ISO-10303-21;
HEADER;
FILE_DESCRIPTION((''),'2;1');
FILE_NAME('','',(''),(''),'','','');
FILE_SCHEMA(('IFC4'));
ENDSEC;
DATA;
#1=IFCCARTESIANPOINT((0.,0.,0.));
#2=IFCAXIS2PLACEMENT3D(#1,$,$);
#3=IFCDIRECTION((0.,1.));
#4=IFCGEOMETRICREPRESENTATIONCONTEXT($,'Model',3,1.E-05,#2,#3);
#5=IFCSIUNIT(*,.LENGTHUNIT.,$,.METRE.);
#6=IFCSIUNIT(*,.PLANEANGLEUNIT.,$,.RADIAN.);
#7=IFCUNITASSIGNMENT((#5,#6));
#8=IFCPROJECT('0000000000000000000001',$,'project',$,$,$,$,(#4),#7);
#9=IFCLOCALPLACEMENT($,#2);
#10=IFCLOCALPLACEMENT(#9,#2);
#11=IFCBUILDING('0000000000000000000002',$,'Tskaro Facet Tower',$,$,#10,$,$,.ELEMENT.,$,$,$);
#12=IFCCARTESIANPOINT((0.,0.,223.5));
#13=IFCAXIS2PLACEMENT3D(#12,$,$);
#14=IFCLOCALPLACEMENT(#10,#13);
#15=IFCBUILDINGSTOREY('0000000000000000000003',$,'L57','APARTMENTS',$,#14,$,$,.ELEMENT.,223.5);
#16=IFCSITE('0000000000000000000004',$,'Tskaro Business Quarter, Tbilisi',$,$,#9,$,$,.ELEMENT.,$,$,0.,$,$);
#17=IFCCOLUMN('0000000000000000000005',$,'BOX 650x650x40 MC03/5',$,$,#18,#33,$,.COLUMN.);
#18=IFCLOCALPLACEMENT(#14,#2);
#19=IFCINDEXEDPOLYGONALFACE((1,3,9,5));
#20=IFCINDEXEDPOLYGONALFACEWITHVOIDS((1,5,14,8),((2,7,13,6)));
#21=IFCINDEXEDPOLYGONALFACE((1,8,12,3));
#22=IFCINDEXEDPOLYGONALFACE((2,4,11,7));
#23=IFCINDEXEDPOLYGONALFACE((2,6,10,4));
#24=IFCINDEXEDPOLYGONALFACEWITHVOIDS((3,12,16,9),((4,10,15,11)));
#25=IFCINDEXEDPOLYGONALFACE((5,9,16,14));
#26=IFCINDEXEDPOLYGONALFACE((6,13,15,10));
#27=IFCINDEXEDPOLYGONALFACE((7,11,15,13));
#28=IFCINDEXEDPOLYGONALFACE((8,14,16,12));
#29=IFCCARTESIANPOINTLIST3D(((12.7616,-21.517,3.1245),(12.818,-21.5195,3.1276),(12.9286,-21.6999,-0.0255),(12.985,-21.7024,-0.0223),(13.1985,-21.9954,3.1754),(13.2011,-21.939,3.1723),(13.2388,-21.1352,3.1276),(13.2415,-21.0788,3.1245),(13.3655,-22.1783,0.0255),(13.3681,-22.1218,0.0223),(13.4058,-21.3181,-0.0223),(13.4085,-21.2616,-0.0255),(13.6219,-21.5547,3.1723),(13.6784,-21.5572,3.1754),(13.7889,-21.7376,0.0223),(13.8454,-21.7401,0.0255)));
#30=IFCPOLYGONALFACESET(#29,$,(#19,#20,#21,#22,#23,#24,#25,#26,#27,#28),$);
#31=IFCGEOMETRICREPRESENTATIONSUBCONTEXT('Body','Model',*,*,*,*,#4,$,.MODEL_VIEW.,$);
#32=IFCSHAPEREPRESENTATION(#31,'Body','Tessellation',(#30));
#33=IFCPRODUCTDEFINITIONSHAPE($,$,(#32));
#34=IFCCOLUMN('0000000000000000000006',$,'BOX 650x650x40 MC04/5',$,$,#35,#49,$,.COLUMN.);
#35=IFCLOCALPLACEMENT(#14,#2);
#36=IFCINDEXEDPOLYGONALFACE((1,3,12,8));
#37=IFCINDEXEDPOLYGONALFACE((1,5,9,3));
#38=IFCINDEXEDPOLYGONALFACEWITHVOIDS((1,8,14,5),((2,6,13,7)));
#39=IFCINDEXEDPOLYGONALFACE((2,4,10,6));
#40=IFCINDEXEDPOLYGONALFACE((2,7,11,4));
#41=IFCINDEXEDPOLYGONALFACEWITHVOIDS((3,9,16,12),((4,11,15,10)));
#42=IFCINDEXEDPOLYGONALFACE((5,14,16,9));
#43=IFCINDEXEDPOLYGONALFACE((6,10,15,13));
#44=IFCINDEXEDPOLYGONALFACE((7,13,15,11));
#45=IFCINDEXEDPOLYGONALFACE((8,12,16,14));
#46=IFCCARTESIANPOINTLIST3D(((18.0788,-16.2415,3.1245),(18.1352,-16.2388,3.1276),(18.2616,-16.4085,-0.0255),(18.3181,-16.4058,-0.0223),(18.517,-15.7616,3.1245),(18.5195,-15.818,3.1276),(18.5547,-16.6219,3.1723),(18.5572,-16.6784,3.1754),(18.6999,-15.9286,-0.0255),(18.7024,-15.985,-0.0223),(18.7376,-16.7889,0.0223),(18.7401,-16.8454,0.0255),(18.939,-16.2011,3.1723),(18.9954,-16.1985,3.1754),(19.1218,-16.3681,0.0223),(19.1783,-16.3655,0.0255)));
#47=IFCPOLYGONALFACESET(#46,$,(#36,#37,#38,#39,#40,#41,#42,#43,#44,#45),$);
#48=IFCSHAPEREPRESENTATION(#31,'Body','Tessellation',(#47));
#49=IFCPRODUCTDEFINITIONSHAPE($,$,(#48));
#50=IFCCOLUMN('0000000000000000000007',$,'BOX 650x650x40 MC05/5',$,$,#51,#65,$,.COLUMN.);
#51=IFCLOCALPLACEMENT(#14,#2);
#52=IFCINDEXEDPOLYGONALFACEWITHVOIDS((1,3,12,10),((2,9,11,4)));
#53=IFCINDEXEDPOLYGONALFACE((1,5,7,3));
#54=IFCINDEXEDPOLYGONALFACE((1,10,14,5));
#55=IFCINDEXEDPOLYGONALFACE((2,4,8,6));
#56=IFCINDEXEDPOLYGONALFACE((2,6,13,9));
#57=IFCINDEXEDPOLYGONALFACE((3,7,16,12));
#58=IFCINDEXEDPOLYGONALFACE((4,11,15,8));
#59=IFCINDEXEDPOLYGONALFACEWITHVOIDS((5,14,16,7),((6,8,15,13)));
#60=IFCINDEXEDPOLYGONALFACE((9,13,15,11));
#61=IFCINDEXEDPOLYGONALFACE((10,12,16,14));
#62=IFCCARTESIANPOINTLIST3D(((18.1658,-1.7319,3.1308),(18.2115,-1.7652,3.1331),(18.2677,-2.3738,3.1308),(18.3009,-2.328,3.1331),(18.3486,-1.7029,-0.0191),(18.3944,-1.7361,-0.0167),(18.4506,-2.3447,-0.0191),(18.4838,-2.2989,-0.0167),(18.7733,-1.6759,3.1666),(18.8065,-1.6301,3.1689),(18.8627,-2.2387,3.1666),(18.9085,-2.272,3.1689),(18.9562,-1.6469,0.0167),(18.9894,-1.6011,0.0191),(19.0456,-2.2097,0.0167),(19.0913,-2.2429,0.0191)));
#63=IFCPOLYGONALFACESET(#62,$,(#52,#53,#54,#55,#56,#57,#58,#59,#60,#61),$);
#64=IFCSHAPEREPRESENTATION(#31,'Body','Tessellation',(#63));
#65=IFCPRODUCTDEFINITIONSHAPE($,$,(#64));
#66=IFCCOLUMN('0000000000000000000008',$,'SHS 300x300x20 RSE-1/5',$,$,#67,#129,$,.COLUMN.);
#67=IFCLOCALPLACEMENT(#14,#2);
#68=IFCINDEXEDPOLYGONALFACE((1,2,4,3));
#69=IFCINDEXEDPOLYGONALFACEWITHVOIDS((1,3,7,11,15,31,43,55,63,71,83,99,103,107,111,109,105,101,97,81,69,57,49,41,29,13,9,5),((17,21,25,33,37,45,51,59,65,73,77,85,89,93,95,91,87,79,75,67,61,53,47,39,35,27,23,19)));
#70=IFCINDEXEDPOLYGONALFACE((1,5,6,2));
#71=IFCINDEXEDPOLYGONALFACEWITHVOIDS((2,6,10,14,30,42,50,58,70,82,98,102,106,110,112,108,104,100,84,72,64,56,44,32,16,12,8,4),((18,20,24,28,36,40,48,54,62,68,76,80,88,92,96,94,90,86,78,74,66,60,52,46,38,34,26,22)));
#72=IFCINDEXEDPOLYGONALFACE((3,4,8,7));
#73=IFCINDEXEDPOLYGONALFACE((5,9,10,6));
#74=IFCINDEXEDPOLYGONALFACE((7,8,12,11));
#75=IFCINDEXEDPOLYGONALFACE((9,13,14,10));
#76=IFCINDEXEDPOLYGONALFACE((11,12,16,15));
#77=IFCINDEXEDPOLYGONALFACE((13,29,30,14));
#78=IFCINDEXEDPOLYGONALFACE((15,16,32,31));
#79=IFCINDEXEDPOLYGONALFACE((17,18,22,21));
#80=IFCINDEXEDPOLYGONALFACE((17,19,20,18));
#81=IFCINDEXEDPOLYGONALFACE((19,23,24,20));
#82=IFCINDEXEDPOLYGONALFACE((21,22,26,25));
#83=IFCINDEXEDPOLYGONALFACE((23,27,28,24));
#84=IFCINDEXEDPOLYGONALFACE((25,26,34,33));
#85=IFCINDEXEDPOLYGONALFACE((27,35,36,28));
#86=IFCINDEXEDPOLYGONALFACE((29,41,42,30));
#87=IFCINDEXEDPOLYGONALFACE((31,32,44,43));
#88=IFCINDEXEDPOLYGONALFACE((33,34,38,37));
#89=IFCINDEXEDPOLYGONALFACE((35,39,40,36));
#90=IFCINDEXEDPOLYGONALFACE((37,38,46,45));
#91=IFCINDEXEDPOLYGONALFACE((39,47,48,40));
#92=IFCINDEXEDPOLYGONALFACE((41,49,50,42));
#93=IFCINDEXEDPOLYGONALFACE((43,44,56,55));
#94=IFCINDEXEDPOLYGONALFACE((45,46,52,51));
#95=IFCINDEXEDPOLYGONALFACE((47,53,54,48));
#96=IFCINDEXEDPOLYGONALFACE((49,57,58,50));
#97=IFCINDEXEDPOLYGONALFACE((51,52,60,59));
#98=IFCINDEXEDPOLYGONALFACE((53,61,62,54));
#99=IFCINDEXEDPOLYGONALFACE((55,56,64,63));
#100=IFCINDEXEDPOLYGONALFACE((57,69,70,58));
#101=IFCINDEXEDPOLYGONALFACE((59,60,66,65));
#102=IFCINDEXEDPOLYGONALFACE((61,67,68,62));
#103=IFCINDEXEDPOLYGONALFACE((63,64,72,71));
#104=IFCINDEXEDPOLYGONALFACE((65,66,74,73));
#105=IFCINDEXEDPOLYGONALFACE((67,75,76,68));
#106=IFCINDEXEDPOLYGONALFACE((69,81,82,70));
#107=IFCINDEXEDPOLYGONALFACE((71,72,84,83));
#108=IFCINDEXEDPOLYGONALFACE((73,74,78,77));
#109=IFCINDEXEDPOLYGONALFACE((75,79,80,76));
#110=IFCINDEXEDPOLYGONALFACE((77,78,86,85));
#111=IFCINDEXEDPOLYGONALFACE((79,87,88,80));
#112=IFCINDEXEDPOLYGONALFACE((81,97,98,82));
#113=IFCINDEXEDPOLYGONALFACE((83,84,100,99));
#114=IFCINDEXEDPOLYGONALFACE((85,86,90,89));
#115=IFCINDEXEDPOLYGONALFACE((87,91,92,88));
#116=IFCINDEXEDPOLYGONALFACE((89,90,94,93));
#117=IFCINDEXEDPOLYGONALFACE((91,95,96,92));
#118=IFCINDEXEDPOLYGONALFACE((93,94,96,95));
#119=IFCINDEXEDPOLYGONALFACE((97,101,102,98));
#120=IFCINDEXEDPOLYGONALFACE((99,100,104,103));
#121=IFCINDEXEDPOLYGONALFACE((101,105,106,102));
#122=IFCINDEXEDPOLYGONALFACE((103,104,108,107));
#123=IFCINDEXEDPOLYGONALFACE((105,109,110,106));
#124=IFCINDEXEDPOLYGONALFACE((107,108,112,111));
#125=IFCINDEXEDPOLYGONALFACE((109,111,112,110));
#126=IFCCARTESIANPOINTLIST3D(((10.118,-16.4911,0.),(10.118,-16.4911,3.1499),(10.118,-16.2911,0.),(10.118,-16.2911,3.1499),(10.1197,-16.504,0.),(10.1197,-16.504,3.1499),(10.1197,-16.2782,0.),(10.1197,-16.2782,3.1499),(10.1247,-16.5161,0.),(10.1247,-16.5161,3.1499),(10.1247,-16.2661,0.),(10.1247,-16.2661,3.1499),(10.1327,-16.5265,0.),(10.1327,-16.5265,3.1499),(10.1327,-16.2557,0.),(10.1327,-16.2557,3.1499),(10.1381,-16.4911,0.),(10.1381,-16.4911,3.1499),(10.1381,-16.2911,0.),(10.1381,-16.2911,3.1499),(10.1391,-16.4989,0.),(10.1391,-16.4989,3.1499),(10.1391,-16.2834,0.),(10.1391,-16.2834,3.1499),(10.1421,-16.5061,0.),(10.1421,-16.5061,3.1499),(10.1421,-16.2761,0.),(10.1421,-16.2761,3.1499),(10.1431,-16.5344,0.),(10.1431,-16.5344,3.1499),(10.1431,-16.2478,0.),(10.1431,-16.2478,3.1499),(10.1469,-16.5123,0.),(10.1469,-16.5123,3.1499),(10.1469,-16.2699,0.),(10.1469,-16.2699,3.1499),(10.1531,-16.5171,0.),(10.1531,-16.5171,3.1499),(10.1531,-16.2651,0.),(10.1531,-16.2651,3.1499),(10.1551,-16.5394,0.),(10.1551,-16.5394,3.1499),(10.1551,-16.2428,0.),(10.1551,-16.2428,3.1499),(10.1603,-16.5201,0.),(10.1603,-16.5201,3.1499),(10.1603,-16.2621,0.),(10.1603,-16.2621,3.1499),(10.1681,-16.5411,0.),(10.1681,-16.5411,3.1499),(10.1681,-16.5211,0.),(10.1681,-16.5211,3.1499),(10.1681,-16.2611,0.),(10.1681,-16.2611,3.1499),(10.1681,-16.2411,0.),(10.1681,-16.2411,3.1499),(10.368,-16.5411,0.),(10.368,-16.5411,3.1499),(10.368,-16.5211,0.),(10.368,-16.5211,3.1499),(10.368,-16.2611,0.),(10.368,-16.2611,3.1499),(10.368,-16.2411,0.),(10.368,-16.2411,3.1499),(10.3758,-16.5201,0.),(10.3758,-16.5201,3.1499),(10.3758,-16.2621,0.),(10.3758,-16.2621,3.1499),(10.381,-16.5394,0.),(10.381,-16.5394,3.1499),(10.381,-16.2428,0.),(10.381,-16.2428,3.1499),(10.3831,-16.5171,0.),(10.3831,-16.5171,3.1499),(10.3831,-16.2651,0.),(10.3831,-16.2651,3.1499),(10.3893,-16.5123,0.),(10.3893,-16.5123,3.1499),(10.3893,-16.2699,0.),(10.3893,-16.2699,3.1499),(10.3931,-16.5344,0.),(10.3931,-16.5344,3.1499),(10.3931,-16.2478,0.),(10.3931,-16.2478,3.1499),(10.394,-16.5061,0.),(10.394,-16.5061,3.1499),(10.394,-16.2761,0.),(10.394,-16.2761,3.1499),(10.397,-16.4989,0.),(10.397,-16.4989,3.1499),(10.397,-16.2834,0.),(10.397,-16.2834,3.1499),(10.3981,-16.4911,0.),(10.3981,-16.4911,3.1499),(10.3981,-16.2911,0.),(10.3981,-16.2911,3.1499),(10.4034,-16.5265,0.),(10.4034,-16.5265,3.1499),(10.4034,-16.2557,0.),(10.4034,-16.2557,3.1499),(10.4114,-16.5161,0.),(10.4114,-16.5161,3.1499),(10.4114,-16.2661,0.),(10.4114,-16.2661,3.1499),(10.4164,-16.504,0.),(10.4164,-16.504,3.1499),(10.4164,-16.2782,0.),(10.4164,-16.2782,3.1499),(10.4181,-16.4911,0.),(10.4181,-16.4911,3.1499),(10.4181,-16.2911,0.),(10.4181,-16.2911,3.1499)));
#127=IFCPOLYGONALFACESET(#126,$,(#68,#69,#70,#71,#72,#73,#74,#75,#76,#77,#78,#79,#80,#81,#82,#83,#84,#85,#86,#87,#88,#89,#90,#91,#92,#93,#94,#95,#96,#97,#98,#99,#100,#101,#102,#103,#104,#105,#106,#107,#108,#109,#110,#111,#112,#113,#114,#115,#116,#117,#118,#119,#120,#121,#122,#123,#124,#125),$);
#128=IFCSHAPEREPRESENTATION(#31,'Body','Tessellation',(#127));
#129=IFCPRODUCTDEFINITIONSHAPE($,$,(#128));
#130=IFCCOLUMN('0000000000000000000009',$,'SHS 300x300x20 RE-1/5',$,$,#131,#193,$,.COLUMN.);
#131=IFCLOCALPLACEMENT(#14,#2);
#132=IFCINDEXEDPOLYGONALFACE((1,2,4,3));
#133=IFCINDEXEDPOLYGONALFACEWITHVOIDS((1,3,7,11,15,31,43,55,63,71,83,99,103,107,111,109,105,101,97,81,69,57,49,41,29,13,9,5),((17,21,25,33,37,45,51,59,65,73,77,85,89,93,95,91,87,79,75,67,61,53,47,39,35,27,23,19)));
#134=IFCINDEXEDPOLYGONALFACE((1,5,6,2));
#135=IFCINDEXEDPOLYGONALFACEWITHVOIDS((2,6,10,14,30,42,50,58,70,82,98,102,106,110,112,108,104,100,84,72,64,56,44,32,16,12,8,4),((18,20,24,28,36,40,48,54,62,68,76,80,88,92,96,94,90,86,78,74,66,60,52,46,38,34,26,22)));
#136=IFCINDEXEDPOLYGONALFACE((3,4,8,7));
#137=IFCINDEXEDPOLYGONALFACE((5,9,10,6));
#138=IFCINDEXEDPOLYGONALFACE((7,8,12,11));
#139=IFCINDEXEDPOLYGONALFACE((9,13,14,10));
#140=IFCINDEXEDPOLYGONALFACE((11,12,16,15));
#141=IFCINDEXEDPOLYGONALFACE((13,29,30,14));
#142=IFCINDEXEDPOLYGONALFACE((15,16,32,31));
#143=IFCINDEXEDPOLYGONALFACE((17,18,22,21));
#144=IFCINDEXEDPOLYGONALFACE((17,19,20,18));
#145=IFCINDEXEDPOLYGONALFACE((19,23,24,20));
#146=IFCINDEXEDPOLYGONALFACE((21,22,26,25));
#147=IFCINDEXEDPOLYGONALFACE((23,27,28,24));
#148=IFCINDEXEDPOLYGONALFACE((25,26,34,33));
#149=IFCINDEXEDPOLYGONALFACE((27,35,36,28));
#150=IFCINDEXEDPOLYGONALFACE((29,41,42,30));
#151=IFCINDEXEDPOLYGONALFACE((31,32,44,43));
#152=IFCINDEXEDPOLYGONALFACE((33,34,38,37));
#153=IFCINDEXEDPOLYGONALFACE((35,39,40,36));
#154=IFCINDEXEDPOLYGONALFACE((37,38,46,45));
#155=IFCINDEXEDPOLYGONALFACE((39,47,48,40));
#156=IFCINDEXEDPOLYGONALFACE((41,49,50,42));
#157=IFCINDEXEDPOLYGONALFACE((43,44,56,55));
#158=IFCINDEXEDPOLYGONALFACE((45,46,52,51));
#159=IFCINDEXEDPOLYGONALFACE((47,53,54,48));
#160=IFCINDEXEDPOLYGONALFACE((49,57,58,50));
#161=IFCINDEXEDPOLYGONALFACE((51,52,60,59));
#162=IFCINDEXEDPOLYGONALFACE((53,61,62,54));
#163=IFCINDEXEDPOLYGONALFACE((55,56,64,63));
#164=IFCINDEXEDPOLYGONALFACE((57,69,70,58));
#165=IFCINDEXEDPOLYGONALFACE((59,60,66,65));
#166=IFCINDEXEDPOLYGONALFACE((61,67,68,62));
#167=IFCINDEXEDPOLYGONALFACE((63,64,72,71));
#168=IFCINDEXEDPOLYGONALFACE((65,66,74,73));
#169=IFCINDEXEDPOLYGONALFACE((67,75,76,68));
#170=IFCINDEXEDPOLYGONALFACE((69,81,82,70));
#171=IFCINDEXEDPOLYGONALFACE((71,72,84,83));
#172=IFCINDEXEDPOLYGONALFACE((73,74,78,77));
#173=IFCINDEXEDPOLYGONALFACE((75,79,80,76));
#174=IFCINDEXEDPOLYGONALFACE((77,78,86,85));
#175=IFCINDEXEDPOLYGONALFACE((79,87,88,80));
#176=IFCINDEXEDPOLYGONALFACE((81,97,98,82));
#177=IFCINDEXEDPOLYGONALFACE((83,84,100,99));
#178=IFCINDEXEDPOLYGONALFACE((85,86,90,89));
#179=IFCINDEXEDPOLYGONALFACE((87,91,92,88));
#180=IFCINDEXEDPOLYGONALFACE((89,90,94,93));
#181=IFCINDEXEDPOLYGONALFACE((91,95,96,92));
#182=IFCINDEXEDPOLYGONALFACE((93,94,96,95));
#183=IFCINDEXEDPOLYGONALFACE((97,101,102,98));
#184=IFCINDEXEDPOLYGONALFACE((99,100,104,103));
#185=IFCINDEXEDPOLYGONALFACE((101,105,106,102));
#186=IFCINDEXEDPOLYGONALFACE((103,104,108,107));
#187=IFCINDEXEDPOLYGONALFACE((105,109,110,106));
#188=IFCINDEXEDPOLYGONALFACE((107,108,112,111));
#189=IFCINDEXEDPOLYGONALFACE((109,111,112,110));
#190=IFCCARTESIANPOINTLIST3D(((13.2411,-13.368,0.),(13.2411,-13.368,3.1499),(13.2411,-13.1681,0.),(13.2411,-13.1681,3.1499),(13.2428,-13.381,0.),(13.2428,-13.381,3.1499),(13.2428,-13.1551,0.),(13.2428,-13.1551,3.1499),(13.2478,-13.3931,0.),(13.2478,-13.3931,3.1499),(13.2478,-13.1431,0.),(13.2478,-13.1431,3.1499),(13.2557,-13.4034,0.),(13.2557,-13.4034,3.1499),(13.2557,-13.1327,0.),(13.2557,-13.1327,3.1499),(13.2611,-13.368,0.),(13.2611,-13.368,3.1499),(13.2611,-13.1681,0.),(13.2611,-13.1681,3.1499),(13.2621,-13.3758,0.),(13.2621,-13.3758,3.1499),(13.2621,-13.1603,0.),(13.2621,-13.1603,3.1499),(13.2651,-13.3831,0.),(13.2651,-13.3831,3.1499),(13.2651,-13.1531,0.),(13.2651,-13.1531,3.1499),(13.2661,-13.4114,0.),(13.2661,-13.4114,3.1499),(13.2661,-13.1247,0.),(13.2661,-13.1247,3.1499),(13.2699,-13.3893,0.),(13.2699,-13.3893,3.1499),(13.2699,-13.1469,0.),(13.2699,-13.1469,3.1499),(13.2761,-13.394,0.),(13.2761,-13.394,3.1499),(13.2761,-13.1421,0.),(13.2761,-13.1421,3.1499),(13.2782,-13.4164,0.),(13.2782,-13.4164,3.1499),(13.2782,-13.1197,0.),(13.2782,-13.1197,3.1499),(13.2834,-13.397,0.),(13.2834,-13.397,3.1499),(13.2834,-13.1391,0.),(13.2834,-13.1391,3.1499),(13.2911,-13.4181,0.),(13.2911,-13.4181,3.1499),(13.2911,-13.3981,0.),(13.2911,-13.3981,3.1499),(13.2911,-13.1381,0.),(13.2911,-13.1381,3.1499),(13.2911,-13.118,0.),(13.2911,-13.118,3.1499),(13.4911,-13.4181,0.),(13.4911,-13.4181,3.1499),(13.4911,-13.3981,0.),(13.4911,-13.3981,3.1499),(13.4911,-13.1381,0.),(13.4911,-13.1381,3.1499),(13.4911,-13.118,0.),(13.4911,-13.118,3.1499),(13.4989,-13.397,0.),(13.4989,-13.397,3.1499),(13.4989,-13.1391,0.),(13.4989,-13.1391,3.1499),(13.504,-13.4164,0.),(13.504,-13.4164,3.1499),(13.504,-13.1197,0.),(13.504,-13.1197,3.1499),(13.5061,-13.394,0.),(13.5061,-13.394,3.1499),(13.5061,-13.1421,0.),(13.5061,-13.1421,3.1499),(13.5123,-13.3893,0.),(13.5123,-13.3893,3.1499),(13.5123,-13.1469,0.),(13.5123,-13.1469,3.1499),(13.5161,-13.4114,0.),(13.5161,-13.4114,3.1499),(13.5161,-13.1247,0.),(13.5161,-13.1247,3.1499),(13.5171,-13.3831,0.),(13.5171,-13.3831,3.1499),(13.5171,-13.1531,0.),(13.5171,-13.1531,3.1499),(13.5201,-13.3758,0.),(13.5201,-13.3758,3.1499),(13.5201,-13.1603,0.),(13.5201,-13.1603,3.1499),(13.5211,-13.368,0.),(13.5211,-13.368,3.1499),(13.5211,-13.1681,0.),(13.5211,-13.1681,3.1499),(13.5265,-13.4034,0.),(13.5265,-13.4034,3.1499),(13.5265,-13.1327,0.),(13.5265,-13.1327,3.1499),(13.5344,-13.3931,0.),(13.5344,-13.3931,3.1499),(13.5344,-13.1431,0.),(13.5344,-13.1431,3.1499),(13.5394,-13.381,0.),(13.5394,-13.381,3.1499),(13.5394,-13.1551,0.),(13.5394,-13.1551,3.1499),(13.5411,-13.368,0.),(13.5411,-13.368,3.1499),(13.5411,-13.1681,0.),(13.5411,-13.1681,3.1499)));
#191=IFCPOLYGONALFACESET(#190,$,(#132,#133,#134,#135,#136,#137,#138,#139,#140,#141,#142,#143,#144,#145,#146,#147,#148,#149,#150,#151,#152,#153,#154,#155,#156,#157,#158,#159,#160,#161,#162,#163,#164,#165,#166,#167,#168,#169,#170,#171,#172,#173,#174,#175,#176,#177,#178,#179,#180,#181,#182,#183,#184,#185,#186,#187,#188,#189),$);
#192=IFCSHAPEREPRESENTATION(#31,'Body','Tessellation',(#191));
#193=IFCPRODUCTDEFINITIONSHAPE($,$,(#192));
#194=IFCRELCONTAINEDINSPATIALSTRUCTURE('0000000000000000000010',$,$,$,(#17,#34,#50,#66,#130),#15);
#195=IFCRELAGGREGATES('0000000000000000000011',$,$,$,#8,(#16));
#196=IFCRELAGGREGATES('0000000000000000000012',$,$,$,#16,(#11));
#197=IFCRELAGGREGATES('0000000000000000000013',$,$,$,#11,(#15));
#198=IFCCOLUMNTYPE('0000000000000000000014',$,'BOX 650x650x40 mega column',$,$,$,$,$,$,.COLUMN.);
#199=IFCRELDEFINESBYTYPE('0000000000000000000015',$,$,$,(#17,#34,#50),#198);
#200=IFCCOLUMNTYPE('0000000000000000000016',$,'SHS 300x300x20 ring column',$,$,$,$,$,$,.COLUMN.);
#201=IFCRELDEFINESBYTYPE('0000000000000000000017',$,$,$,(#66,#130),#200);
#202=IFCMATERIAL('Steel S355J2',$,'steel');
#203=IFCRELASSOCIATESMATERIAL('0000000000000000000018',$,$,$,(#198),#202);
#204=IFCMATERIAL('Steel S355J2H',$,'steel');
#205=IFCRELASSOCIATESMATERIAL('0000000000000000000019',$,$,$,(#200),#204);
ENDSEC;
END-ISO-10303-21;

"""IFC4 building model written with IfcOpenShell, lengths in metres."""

from ifc_helpers import new_model, si_unit, direction, frame, origin, origin_2d, place, context, subcontext, project, spatial, hollow_rectangle, extrude, material, material_profile, profile_set, type_object, element, save


model = new_model("IFC4")

# Units and contexts
model_context = context("Model", 3, precision=1e-05, world=origin(), true_north=direction((0.0, 1.0)))
body_context = subcontext(model_context, "Body", "Model", "MODEL_VIEW")
ifc_project = project(units=[si_unit("LENGTHUNIT", "METRE"), si_unit("PLANEANGLEUNIT", "RADIAN")], contexts=[model_context])

# Site, building, storey
site_placement = place(None, origin())
site = spatial("IfcSite", under=ifc_project, at=site_placement, Name="Tskaro Business Quarter, Tbilisi", CompositionType="ELEMENT", RefElevation=0.0)
building_placement = place(site_placement, origin())
building = spatial("IfcBuilding", under=site, at=building_placement, Name="Tskaro Facet Tower", CompositionType="ELEMENT")
storey_placement = place(building_placement, frame((0.0, 0.0, 223.5)))
storey = spatial("IfcBuildingStorey", under=building, at=storey_placement, Name="L57", Description="APARTMENTS", CompositionType="ELEMENT", Elevation=223.5)

# Columns
ifc_material_1 = material(Name="Steel S355J2", Category="steel")
ifc_material_profile_1 = material_profile(ifc_material_1, hollow_rectangle(XDim=0.6499, YDim=0.6499, WallThickness=0.04, at=origin_2d()), Name="BOX 650x650x40")
ifc_profile_set_1 = profile_set([ifc_material_profile_1], Name="Steel S355J2")
column_type_1 = type_object("IfcColumnType", Name="BOX 650x650x40 mega column", PredefinedType="COLUMN", material=ifc_profile_set_1)
for number, where, z_axis, x_axis, name in (
    (1, (13.387, -21.72, 0.0), (-0.052852, 0.057874, 0.996924), (-0.738421, -0.674339, 0.0), "BOX 650x650x40 MC03/5"),
    (2, (18.72, -16.387, 0.0), (-0.057874, 0.052852, 0.996924), (-0.674339, -0.738421, 0.0), "BOX 650x650x40 MC04/5"),
):
    element("IfcColumn", number, at=place(storey_placement, frame(where, z_axis=z_axis, x_axis=x_axis)), inside=storey, type_object=column_type_1, Name=name, PredefinedType="COLUMN", context=body_context, shape_type="SweptSolid", body=[
        extrude(hollow_rectangle(XDim=0.6499, YDim=0.6499, WallThickness=0.04, at=origin_2d()), origin(), (0.0, 0.0, 1.0), 3.1597),
    ])
column_placement = place(storey_placement, frame((18.72, -1.9729, 0.0), z_axis=(-0.057953, -0.009207, 0.998277), x_axis=(0.15691, -0.987613, 0.0)))
element("IfcColumn", 3, at=column_placement, inside=storey, type_object=column_type_1, Name="BOX 650x650x40 MC05/5", PredefinedType="COLUMN", context=body_context, shape_type="SweptSolid", body=[
    extrude(hollow_rectangle(XDim=0.6499, YDim=0.6499, WallThickness=0.04, at=origin_2d()), origin(), (0.0, 0.0, 1.0), 3.1553),
])
ifc_material_2 = material(Name="Steel S355J2H", Category="steel")
ifc_material_profile_2 = material_profile(ifc_material_2, hollow_rectangle(XDim=0.3, YDim=0.3, WallThickness=0.02, InnerFilletRadius=0.03, OuterFilletRadius=0.05, at=origin_2d()), Name="SHS 300x300x20")
ifc_profile_set_2 = profile_set([ifc_material_profile_2], Name="Steel S355J2H")
column_type_2 = type_object("IfcColumnType", Name="SHS 300x300x20 ring column", PredefinedType="COLUMN", material=ifc_profile_set_2)
for number, where, z_axis, x_axis, name in (
    (4, (10.2681, -16.3911, 0.0), (0.0, 0.0, 1.0), (1.0, 0.0, 0.0), "SHS 300x300x20 RSE-1/5"),
    (5, (13.3911, -13.2681, 0.0), (0.0, 0.0, 1.0), (1.0, 0.0, 0.0), "SHS 300x300x20 RE-1/5"),
):
    element("IfcColumn", number, at=place(storey_placement, frame(where, z_axis=z_axis, x_axis=x_axis)), inside=storey, type_object=column_type_2, Name=name, PredefinedType="COLUMN", context=body_context, shape_type="SweptSolid", body=[
        extrude(hollow_rectangle(XDim=0.3, YDim=0.3, WallThickness=0.02, InnerFilletRadius=0.03, OuterFilletRadius=0.05, at=origin_2d()), origin(), (0.0, 0.0, 1.0), 3.1499),
    ])

save(model, "model.ifc")
